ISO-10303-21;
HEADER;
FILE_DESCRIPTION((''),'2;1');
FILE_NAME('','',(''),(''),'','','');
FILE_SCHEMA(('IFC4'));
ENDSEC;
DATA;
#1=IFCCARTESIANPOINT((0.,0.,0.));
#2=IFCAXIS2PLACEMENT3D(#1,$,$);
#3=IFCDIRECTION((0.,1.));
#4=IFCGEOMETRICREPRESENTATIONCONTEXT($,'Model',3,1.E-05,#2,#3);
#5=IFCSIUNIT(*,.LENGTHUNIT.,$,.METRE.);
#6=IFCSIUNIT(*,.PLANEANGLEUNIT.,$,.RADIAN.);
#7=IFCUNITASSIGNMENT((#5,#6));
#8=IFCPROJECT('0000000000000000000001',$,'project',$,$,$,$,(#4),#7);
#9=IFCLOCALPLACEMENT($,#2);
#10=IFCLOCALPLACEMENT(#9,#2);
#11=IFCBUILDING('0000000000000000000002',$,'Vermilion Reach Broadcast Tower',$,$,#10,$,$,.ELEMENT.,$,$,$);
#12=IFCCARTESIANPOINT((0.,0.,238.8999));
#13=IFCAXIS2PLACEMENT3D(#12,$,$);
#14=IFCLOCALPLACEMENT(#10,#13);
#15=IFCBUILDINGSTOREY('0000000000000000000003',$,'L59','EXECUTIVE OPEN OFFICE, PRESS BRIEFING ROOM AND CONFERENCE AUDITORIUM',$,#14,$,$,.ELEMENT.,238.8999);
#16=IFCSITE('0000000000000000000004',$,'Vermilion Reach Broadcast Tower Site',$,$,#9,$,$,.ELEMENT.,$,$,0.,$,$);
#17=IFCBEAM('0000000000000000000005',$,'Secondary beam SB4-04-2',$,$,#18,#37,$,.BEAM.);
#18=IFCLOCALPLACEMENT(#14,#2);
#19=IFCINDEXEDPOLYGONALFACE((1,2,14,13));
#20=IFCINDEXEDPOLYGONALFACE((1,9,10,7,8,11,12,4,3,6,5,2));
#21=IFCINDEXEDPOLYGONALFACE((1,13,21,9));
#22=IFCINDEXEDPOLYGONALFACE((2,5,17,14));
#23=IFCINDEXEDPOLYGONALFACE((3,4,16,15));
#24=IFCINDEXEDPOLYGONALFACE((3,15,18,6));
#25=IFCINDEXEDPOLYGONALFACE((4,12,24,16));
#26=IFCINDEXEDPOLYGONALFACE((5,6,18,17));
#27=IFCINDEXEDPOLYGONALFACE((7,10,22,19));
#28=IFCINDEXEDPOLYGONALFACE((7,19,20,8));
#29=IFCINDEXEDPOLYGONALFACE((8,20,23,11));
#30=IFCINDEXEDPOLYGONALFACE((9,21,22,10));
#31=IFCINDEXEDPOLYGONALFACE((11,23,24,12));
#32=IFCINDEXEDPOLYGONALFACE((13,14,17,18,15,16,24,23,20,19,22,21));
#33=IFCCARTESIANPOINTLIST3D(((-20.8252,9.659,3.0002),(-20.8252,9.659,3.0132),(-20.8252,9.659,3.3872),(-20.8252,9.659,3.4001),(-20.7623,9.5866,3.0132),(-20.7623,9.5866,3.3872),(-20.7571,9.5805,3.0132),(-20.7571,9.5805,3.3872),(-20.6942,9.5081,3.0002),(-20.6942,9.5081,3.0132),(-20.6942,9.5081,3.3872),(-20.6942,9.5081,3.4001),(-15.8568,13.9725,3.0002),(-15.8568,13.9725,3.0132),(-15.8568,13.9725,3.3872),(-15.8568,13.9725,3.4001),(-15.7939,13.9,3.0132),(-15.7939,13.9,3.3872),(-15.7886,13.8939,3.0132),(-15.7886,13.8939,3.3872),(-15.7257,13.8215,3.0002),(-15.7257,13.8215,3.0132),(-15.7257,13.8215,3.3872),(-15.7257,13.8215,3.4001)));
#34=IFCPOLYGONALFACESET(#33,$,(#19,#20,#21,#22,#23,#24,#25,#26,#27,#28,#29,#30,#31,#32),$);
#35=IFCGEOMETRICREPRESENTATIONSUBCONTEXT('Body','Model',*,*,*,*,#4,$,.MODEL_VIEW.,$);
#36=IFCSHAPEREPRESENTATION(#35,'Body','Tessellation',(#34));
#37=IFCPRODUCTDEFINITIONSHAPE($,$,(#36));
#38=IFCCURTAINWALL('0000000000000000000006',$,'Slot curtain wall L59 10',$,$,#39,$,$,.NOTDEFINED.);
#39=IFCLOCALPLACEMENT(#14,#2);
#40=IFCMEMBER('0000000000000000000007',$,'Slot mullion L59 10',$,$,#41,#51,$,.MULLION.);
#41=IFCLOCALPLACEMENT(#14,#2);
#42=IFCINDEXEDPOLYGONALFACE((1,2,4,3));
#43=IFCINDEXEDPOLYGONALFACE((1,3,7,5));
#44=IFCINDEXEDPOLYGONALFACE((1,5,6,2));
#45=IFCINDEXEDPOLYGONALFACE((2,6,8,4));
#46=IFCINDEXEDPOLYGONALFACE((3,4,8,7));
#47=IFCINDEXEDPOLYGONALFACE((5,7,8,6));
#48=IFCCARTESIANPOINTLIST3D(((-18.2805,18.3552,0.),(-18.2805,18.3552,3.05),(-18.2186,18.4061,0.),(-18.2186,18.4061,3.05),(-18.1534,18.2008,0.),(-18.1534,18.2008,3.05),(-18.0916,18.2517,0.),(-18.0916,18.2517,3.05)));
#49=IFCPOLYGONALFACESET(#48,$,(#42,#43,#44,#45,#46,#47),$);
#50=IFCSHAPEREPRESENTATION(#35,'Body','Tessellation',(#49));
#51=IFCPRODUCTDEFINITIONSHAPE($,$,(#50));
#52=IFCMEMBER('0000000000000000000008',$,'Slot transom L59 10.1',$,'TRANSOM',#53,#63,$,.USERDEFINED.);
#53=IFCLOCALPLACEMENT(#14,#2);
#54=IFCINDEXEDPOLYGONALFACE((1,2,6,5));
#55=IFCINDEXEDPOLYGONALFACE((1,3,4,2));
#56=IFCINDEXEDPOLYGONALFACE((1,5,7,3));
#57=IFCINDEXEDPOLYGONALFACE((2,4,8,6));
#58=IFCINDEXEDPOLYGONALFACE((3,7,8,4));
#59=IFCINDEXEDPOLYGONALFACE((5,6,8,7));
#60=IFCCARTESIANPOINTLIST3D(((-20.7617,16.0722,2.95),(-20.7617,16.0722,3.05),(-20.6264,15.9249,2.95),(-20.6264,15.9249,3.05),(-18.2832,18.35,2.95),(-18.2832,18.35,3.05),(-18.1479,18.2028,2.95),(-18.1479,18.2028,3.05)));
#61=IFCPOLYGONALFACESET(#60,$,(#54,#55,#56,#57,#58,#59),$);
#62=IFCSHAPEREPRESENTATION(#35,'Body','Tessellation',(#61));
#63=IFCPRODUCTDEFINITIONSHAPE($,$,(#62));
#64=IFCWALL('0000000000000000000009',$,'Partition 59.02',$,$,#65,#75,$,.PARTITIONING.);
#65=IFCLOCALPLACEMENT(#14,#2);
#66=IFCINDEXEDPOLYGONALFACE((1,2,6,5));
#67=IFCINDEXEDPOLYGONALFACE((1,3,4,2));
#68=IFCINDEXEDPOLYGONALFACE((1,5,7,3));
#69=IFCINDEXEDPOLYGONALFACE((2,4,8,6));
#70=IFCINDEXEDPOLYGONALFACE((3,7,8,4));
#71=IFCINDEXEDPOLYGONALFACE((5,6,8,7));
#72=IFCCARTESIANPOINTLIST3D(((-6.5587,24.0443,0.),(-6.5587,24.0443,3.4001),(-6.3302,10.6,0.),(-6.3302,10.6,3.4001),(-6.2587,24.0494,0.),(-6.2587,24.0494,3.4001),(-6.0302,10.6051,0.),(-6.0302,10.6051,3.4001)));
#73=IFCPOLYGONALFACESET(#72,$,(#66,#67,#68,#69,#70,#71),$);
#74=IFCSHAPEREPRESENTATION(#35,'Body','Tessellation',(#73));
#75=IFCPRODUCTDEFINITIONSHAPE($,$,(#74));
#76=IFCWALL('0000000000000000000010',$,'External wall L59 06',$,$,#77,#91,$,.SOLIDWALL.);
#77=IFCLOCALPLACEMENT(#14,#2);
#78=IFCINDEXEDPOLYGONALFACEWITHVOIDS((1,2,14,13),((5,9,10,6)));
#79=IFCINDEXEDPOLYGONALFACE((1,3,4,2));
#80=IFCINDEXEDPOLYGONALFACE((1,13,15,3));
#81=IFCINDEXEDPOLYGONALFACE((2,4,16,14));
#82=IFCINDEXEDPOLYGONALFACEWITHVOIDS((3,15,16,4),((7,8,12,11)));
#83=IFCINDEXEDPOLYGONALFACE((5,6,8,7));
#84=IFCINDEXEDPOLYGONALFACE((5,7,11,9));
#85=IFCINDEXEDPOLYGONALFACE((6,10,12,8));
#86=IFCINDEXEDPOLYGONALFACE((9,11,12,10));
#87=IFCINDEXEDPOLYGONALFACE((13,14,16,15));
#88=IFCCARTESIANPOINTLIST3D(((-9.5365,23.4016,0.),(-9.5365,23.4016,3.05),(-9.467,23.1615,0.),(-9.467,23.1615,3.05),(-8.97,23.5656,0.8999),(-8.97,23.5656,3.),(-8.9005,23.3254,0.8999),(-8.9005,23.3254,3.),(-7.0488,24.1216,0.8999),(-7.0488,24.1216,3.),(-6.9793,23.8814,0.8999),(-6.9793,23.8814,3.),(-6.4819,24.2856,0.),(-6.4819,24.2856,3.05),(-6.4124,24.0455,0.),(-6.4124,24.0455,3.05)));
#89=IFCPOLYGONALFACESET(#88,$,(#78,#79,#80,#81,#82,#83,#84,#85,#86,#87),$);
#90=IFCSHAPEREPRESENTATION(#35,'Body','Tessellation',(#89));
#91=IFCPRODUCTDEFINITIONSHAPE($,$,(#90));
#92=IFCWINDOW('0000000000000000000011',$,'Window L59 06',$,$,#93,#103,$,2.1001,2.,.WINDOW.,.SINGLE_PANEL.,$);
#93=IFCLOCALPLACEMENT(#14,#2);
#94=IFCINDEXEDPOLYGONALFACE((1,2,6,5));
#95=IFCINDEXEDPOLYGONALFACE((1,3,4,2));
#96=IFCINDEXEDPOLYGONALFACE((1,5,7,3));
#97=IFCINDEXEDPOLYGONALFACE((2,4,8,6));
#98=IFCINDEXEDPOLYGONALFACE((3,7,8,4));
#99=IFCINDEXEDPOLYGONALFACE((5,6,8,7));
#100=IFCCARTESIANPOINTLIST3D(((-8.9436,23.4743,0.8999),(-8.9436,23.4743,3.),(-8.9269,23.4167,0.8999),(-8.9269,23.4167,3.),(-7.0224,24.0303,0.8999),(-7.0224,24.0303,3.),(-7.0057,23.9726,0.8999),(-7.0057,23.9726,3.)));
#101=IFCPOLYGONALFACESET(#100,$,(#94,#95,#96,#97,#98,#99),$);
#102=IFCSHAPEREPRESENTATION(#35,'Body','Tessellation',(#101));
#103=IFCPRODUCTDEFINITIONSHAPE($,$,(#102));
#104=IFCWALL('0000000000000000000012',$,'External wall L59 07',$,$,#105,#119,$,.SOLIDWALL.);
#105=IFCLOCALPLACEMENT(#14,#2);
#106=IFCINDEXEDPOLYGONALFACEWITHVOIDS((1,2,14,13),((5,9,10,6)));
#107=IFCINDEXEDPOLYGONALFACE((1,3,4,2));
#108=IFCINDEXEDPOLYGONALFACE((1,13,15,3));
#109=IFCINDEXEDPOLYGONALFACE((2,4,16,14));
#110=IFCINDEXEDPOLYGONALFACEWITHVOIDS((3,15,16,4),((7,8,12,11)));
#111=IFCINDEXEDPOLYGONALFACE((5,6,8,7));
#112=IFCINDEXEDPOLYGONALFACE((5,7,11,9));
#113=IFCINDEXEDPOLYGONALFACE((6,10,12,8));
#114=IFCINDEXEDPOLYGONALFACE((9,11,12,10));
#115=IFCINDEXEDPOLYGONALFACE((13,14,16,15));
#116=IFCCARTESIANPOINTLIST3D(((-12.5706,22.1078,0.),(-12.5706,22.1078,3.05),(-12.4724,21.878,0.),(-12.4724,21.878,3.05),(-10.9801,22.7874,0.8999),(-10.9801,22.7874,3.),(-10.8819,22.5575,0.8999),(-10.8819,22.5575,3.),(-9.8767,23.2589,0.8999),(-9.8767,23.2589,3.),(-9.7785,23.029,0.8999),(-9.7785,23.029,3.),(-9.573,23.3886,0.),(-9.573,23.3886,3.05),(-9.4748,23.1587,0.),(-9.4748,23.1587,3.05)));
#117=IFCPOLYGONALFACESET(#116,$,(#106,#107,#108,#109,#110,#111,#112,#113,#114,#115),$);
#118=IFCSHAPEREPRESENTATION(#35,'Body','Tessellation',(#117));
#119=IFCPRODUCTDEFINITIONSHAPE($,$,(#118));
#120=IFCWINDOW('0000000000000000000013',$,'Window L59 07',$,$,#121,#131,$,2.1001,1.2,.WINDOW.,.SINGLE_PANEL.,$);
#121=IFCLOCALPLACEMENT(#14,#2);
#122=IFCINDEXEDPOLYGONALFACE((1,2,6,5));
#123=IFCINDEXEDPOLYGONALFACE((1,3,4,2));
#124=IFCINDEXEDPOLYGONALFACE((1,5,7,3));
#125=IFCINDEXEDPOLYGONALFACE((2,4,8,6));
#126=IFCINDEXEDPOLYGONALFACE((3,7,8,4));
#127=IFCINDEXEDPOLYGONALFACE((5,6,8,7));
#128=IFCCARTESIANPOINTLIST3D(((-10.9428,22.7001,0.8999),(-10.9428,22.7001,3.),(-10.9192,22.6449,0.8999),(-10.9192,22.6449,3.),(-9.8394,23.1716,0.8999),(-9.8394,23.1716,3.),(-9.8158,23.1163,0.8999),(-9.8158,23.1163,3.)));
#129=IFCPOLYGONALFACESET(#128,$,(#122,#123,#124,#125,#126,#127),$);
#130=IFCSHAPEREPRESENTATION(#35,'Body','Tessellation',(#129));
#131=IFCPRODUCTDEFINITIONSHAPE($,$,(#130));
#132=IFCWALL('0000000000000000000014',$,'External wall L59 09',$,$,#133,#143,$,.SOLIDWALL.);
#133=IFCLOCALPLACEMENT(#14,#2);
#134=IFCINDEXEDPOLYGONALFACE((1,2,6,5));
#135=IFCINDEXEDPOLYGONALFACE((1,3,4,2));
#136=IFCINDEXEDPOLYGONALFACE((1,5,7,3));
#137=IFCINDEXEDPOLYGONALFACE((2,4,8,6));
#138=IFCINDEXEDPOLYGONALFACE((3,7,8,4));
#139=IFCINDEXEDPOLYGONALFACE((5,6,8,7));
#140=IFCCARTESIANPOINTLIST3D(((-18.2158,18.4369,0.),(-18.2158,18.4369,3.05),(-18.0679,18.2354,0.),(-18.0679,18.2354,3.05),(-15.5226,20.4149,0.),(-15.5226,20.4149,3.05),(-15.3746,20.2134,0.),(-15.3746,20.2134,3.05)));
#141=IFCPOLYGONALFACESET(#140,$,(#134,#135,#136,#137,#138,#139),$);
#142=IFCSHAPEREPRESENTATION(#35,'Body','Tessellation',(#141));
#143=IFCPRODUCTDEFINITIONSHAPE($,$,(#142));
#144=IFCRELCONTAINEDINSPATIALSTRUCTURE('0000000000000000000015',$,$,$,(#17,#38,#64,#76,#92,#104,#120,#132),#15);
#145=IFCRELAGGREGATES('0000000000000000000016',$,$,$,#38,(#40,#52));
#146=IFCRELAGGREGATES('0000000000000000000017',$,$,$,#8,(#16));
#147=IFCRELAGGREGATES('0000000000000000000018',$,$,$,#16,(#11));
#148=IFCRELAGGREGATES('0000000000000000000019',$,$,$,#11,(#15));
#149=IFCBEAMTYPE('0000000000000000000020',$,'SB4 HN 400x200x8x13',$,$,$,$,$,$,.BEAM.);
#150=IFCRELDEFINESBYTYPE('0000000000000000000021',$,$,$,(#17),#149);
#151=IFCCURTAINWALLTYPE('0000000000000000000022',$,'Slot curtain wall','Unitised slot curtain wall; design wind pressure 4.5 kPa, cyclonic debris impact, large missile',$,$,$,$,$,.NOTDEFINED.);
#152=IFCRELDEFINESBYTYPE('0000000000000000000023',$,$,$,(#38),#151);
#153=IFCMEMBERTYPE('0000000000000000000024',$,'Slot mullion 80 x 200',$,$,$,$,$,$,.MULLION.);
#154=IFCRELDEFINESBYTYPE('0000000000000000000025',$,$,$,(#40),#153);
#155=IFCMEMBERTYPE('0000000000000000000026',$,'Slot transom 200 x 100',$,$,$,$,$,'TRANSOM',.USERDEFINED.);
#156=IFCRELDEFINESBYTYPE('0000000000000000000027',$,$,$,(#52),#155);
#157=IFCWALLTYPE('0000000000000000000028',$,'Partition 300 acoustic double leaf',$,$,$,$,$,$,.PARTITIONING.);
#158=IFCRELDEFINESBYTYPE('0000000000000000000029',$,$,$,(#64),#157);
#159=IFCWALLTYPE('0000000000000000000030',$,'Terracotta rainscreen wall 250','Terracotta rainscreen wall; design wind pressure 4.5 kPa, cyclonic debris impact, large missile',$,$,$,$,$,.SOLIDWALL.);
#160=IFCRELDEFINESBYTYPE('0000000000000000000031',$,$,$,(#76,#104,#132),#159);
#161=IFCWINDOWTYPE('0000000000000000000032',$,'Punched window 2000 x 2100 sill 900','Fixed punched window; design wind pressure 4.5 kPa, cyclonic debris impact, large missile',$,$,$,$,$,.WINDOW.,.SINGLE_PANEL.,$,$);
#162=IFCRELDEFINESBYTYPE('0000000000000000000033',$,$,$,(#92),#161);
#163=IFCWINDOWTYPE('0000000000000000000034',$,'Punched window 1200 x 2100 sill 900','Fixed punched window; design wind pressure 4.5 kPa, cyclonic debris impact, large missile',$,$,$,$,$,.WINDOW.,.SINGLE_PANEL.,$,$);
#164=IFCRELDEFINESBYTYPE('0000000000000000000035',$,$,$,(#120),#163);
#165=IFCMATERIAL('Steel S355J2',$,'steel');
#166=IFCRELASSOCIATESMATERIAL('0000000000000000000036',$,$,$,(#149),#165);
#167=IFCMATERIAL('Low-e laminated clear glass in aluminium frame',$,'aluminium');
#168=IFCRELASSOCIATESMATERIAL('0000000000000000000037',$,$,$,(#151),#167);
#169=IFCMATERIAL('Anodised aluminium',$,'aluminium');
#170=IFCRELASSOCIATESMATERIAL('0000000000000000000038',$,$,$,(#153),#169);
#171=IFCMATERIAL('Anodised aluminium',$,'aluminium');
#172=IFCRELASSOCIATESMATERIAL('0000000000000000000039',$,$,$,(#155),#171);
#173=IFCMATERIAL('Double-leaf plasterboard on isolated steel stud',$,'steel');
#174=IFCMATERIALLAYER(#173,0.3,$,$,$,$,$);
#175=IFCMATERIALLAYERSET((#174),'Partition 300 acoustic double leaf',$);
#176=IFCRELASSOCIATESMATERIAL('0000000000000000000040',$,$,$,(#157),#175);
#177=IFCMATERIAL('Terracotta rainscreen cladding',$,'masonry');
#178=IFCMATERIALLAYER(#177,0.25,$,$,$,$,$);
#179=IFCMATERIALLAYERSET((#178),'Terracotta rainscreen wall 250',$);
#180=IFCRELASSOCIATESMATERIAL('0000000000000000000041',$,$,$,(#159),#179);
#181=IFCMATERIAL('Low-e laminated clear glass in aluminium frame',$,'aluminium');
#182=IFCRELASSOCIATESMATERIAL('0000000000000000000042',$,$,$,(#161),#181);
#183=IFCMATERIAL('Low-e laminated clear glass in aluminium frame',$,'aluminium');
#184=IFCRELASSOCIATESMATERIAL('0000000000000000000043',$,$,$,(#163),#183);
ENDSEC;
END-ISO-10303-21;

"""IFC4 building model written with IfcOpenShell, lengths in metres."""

from ifc_helpers import new_model, si_unit, direction, frame, frame_2d, origin, origin_2d, place, context, subcontext, project, spatial, rectangle, i_section, extrude, material, layer, layer_set, material_profile, profile_set, type_object, element, fill, aggregate, save


model = new_model("IFC4")

# Units and contexts
model_context = context("Model", 3, precision=1e-05, world=origin(), true_north=direction((0.0, 1.0)))
body_context = subcontext(model_context, "Body", "Model", "MODEL_VIEW")
ifc_project = project(units=[si_unit("LENGTHUNIT", "METRE"), si_unit("PLANEANGLEUNIT", "RADIAN")], contexts=[model_context])

# Site, building, storey
site_placement = place(None, origin())
site = spatial("IfcSite", under=ifc_project, at=site_placement, Name="Vermilion Reach Broadcast Tower Site", CompositionType="ELEMENT", RefElevation=0.0)
building_placement = place(site_placement, origin())
building = spatial("IfcBuilding", under=site, at=building_placement, Name="Vermilion Reach Broadcast Tower", CompositionType="ELEMENT")
storey_placement = place(building_placement, frame((0.0, 0.0, 238.8999)))
storey = spatial("IfcBuildingStorey", under=building, at=storey_placement, Name="L59", Description="EXECUTIVE OPEN OFFICE, PRESS BRIEFING ROOM AND CONFERENCE AUDITORIUM", CompositionType="ELEMENT", Elevation=238.8999)

# Beam
ifc_material_1 = material(Name="Steel S355J2", Category="steel")
ifc_material_profile_1 = material_profile(ifc_material_1, i_section(OverallWidth=0.2, OverallDepth=0.3999, WebThickness=0.0081, FlangeThickness=0.0129, at=origin_2d()), Name="S355J2 HN 400x200x8x13")
ifc_profile_set_1 = profile_set([ifc_material_profile_1], Name="Steel S355J2")
beam_type_1 = type_object("IfcBeamType", Name="SB4 HN 400x200x8x13", PredefinedType="BEAM", material=ifc_profile_set_1)
beam_1_placement = place(storey_placement, frame((-15.7913, 13.897, 3.2002), z_axis=(-0.755129, -0.655576, 0.0), x_axis=(0.655576, -0.755129, 0.0)))
element("IfcBeam", 1, at=beam_1_placement, inside=storey, type_object=beam_type_1, Name="Secondary beam SB4-04-2", PredefinedType="BEAM", context=body_context, shape_type="SweptSolid", body=[
    extrude(i_section(OverallWidth=0.2, OverallDepth=0.3999, WebThickness=0.0081, FlangeThickness=0.0129, at=origin_2d()), origin(), (0.0, 0.0, 1.0), 6.5796),
])

# Curtain wall, members
ifc_material_2 = material(Name="Low-e laminated clear glass in aluminium frame", Category="aluminium")
curtain_wall_type = type_object("IfcCurtainWallType", Name="Slot curtain wall", Description="Unitised slot curtain wall; design wind pressure 4.5 kPa, cyclonic debris impact, large missile", PredefinedType="NOTDEFINED", material=ifc_material_2)
curtain_wall_placement = place(storey_placement, origin())
curtain_wall = element("IfcCurtainWall", 2, at=curtain_wall_placement, inside=storey, type_object=curtain_wall_type, Name="Slot curtain wall L59 10", PredefinedType="NOTDEFINED")
ifc_material_3 = material(Name="Anodised aluminium", Category="aluminium")
ifc_material_profile_2 = material_profile(ifc_material_3, rectangle(XDim=0.2, YDim=0.0801, at=origin_2d()), Name="Slot mullion 80 x 200")
ifc_profile_set_2 = profile_set([ifc_material_profile_2], Name="Anodised aluminium")
member_type_1 = type_object("IfcMemberType", Name="Slot mullion 80 x 200", PredefinedType="MULLION", material=ifc_profile_set_2)
member_1_placement = place(storey_placement, frame((-18.186, 18.3035, 0.0), z_axis=(0.0, 0.0, 1.0), x_axis=(0.635256, -0.772301, 0.0)))
member_1 = element("IfcMember", 3, at=member_1_placement, type_object=member_type_1, Name="Slot mullion L59 10", PredefinedType="MULLION", context=body_context, shape_type="SweptSolid", body=[
    extrude(rectangle(XDim=0.2, YDim=0.0801, at=origin_2d()), origin(), (0.0, 0.0, 1.0), 3.05),
])
ifc_material_4 = material(Name="Anodised aluminium", Category="aluminium")
ifc_material_profile_3 = material_profile(ifc_material_4, rectangle(XDim=0.2, YDim=0.1001, at=origin_2d()), Name="Slot transom 200 x 100")
ifc_profile_set_3 = profile_set([ifc_material_profile_3], Name="Anodised aluminium")
member_type_2 = type_object("IfcMemberType", Name="Slot transom 200 x 100", ElementType="TRANSOM", PredefinedType="USERDEFINED", material=ifc_profile_set_3)
member_2_placement = place(storey_placement, frame((-18.2156, 18.2764, 3.0), z_axis=(-0.736287, -0.67667, 0.0), x_axis=(0.67667, -0.736287, 0.0)))
member_2 = element("IfcMember", 4, at=member_2_placement, type_object=member_type_2, Name="Slot transom L59 10.1", ObjectType="TRANSOM", PredefinedType="USERDEFINED", context=body_context, shape_type="SweptSolid", body=[
    extrude(rectangle(XDim=0.2, YDim=0.1001, at=origin_2d()), origin(), (0.0, 0.0, 1.0), 3.3662),
])
aggregate(curtain_wall, [member_1, member_2])

# Wall
ifc_material_5 = material(Name="Double-leaf plasterboard on isolated steel stud", Category="steel")
ifc_layer_1 = layer(ifc_material_5, 0.3)
ifc_layer_set_1 = layer_set([ifc_layer_1], Name="Partition 300 acoustic double leaf")
wall_type_1 = type_object("IfcWallType", Name="Partition 300 acoustic double leaf", PredefinedType="PARTITIONING", material=ifc_layer_set_1)
wall_1_placement = place(storey_placement, frame((-6.4087, 24.0469, 0.0), z_axis=(0.0, 0.0, 1.0), x_axis=(0.016995, -0.999856, 0.0)))
element("IfcWall", 5, at=wall_1_placement, inside=storey, type_object=wall_type_1, Name="Partition 59.02", PredefinedType="PARTITIONING", context=body_context, shape_type="SweptSolid", body=[
    extrude(rectangle(XDim=13.4463, YDim=0.3, at=frame_2d((6.7231, 0.0))), origin(), (0.0, 0.0, 1.0), 3.4001),
])

# Walls, openings, windows
ifc_material_6 = material(Name="Terracotta rainscreen cladding", Category="masonry")
ifc_layer_2 = layer(ifc_material_6, 0.25)
ifc_layer_set_2 = layer_set([ifc_layer_2], Name="Terracotta rainscreen wall 250")
wall_type_2 = type_object("IfcWallType", Name="Terracotta rainscreen wall 250", Description="Terracotta rainscreen wall; design wind pressure 4.5 kPa, cyclonic debris impact, large missile", PredefinedType="SOLIDWALL", material=ifc_layer_set_2)
wall_2_placement = place(storey_placement, frame((-6.4473, 24.1655, 0.0), z_axis=(0.0, 0.0, 1.0), x_axis=(-0.960583, -0.277995, 0.0)))
wall_2 = element("IfcWall", 6, at=wall_2_placement, inside=storey, type_object=wall_type_2, Name="External wall L59 06", PredefinedType="SOLIDWALL", context=body_context, shape_type="SweptSolid", body=[
    extrude(rectangle(XDim=3.1799, YDim=0.25, at=frame_2d((1.5898, 0.0))), origin(), (0.0, 0.0, 1.0), 3.05),
])
opening_1_placement = place(wall_2_placement, frame((0.5901, 0.0, 0.8999)))
opening_1 = element("IfcOpeningElement", 7, at=opening_1_placement, cuts=wall_2, PredefinedType="OPENING", context=body_context, shape_type="SweptSolid", body=[
    extrude(rectangle(XDim=2.0, YDim=2.1001, at=frame_2d((1.0, 1.05))), frame((0.0, 0.135, 0.0), z_axis=(0.0, -1.0, 0.0), x_axis=(1.0, 0.0, 0.0)), (0.0, 0.0, 1.0), 0.27),
])
ifc_material_7 = material(Name="Low-e laminated clear glass in aluminium frame", Category="aluminium")
window_type_1 = type_object("IfcWindowType", Name="Punched window 2000 x 2100 sill 900", Description="Fixed punched window; design wind pressure 4.5 kPa, cyclonic debris impact, large missile", PartitioningType="SINGLE_PANEL", PredefinedType="WINDOW", material=ifc_material_7)
window_1_placement = place(opening_1_placement, origin())
window_1 = element("IfcWindow", 8, at=window_1_placement, inside=storey, type_object=window_type_1, Name="Window L59 06", OverallHeight=2.1001, OverallWidth=2.0, PartitioningType="SINGLE_PANEL", PredefinedType="WINDOW", context=body_context, shape_type="SweptSolid", body=[
    extrude(rectangle(XDim=2.0, YDim=2.1001, at=frame_2d((1.0, 1.05))), frame((0.0, 0.03, 0.0), z_axis=(0.0, -1.0, 0.0), x_axis=(1.0, 0.0, 0.0)), (0.0, 0.0, 1.0), 0.0601),
])
fill(opening_1, window_1)
wall_3_placement = place(storey_placement, frame((-9.5239, 23.2737, 0.0), z_axis=(0.0, 0.0, 1.0), x_axis=(-0.919578, -0.392907, 0.0)))
wall_3 = element("IfcWall", 9, at=wall_3_placement, inside=storey, type_object=wall_type_2, Name="External wall L59 07", PredefinedType="SOLIDWALL", context=body_context, shape_type="SweptSolid", body=[
    extrude(rectangle(XDim=3.2598, YDim=0.25, at=frame_2d((1.6299, 0.0))), origin(), (0.0, 0.0, 1.0), 3.05),
])
opening_2_placement = place(wall_3_placement, frame((0.3301, 0.0, 0.8999)))
opening_2 = element("IfcOpeningElement", 10, at=opening_2_placement, cuts=wall_3, PredefinedType="OPENING", context=body_context, shape_type="SweptSolid", body=[
    extrude(rectangle(XDim=1.2, YDim=2.1001, at=frame_2d((0.6001, 1.05))), frame((0.0, 0.135, 0.0), z_axis=(0.0, -1.0, 0.0), x_axis=(1.0, 0.0, 0.0)), (0.0, 0.0, 1.0), 0.27),
])
ifc_material_8 = material(Name="Low-e laminated clear glass in aluminium frame", Category="aluminium")
window_type_2 = type_object("IfcWindowType", Name="Punched window 1200 x 2100 sill 900", Description="Fixed punched window; design wind pressure 4.5 kPa, cyclonic debris impact, large missile", PartitioningType="SINGLE_PANEL", PredefinedType="WINDOW", material=ifc_material_8)
window_2_placement = place(opening_2_placement, origin())
window_2 = element("IfcWindow", 11, at=window_2_placement, inside=storey, type_object=window_type_2, Name="Window L59 07", OverallHeight=2.1001, OverallWidth=1.2, PartitioningType="SINGLE_PANEL", PredefinedType="WINDOW", context=body_context, shape_type="SweptSolid", body=[
    extrude(rectangle(XDim=1.2, YDim=2.1001, at=frame_2d((0.6001, 1.05))), frame((0.0, 0.03, 0.0), z_axis=(0.0, -1.0, 0.0), x_axis=(1.0, 0.0, 0.0)), (0.0, 0.0, 1.0), 0.0601),
])
fill(opening_2, window_2)

# Wall
wall_4_placement = place(storey_placement, frame((-15.4485, 20.3142, 0.0), z_axis=(0.0, 0.0, 1.0), x_axis=(-0.805991, -0.591927, 0.0)))
element("IfcWall", 12, at=wall_4_placement, inside=storey, type_object=wall_type_2, Name="External wall L59 09", PredefinedType="SOLIDWALL", context=body_context, shape_type="SweptSolid", body=[
    extrude(rectangle(XDim=3.3416, YDim=0.25, at=frame_2d((1.6709, 0.0))), origin(), (0.0, 0.0, 1.0), 3.05),
])

save(model, "model.ifc")
